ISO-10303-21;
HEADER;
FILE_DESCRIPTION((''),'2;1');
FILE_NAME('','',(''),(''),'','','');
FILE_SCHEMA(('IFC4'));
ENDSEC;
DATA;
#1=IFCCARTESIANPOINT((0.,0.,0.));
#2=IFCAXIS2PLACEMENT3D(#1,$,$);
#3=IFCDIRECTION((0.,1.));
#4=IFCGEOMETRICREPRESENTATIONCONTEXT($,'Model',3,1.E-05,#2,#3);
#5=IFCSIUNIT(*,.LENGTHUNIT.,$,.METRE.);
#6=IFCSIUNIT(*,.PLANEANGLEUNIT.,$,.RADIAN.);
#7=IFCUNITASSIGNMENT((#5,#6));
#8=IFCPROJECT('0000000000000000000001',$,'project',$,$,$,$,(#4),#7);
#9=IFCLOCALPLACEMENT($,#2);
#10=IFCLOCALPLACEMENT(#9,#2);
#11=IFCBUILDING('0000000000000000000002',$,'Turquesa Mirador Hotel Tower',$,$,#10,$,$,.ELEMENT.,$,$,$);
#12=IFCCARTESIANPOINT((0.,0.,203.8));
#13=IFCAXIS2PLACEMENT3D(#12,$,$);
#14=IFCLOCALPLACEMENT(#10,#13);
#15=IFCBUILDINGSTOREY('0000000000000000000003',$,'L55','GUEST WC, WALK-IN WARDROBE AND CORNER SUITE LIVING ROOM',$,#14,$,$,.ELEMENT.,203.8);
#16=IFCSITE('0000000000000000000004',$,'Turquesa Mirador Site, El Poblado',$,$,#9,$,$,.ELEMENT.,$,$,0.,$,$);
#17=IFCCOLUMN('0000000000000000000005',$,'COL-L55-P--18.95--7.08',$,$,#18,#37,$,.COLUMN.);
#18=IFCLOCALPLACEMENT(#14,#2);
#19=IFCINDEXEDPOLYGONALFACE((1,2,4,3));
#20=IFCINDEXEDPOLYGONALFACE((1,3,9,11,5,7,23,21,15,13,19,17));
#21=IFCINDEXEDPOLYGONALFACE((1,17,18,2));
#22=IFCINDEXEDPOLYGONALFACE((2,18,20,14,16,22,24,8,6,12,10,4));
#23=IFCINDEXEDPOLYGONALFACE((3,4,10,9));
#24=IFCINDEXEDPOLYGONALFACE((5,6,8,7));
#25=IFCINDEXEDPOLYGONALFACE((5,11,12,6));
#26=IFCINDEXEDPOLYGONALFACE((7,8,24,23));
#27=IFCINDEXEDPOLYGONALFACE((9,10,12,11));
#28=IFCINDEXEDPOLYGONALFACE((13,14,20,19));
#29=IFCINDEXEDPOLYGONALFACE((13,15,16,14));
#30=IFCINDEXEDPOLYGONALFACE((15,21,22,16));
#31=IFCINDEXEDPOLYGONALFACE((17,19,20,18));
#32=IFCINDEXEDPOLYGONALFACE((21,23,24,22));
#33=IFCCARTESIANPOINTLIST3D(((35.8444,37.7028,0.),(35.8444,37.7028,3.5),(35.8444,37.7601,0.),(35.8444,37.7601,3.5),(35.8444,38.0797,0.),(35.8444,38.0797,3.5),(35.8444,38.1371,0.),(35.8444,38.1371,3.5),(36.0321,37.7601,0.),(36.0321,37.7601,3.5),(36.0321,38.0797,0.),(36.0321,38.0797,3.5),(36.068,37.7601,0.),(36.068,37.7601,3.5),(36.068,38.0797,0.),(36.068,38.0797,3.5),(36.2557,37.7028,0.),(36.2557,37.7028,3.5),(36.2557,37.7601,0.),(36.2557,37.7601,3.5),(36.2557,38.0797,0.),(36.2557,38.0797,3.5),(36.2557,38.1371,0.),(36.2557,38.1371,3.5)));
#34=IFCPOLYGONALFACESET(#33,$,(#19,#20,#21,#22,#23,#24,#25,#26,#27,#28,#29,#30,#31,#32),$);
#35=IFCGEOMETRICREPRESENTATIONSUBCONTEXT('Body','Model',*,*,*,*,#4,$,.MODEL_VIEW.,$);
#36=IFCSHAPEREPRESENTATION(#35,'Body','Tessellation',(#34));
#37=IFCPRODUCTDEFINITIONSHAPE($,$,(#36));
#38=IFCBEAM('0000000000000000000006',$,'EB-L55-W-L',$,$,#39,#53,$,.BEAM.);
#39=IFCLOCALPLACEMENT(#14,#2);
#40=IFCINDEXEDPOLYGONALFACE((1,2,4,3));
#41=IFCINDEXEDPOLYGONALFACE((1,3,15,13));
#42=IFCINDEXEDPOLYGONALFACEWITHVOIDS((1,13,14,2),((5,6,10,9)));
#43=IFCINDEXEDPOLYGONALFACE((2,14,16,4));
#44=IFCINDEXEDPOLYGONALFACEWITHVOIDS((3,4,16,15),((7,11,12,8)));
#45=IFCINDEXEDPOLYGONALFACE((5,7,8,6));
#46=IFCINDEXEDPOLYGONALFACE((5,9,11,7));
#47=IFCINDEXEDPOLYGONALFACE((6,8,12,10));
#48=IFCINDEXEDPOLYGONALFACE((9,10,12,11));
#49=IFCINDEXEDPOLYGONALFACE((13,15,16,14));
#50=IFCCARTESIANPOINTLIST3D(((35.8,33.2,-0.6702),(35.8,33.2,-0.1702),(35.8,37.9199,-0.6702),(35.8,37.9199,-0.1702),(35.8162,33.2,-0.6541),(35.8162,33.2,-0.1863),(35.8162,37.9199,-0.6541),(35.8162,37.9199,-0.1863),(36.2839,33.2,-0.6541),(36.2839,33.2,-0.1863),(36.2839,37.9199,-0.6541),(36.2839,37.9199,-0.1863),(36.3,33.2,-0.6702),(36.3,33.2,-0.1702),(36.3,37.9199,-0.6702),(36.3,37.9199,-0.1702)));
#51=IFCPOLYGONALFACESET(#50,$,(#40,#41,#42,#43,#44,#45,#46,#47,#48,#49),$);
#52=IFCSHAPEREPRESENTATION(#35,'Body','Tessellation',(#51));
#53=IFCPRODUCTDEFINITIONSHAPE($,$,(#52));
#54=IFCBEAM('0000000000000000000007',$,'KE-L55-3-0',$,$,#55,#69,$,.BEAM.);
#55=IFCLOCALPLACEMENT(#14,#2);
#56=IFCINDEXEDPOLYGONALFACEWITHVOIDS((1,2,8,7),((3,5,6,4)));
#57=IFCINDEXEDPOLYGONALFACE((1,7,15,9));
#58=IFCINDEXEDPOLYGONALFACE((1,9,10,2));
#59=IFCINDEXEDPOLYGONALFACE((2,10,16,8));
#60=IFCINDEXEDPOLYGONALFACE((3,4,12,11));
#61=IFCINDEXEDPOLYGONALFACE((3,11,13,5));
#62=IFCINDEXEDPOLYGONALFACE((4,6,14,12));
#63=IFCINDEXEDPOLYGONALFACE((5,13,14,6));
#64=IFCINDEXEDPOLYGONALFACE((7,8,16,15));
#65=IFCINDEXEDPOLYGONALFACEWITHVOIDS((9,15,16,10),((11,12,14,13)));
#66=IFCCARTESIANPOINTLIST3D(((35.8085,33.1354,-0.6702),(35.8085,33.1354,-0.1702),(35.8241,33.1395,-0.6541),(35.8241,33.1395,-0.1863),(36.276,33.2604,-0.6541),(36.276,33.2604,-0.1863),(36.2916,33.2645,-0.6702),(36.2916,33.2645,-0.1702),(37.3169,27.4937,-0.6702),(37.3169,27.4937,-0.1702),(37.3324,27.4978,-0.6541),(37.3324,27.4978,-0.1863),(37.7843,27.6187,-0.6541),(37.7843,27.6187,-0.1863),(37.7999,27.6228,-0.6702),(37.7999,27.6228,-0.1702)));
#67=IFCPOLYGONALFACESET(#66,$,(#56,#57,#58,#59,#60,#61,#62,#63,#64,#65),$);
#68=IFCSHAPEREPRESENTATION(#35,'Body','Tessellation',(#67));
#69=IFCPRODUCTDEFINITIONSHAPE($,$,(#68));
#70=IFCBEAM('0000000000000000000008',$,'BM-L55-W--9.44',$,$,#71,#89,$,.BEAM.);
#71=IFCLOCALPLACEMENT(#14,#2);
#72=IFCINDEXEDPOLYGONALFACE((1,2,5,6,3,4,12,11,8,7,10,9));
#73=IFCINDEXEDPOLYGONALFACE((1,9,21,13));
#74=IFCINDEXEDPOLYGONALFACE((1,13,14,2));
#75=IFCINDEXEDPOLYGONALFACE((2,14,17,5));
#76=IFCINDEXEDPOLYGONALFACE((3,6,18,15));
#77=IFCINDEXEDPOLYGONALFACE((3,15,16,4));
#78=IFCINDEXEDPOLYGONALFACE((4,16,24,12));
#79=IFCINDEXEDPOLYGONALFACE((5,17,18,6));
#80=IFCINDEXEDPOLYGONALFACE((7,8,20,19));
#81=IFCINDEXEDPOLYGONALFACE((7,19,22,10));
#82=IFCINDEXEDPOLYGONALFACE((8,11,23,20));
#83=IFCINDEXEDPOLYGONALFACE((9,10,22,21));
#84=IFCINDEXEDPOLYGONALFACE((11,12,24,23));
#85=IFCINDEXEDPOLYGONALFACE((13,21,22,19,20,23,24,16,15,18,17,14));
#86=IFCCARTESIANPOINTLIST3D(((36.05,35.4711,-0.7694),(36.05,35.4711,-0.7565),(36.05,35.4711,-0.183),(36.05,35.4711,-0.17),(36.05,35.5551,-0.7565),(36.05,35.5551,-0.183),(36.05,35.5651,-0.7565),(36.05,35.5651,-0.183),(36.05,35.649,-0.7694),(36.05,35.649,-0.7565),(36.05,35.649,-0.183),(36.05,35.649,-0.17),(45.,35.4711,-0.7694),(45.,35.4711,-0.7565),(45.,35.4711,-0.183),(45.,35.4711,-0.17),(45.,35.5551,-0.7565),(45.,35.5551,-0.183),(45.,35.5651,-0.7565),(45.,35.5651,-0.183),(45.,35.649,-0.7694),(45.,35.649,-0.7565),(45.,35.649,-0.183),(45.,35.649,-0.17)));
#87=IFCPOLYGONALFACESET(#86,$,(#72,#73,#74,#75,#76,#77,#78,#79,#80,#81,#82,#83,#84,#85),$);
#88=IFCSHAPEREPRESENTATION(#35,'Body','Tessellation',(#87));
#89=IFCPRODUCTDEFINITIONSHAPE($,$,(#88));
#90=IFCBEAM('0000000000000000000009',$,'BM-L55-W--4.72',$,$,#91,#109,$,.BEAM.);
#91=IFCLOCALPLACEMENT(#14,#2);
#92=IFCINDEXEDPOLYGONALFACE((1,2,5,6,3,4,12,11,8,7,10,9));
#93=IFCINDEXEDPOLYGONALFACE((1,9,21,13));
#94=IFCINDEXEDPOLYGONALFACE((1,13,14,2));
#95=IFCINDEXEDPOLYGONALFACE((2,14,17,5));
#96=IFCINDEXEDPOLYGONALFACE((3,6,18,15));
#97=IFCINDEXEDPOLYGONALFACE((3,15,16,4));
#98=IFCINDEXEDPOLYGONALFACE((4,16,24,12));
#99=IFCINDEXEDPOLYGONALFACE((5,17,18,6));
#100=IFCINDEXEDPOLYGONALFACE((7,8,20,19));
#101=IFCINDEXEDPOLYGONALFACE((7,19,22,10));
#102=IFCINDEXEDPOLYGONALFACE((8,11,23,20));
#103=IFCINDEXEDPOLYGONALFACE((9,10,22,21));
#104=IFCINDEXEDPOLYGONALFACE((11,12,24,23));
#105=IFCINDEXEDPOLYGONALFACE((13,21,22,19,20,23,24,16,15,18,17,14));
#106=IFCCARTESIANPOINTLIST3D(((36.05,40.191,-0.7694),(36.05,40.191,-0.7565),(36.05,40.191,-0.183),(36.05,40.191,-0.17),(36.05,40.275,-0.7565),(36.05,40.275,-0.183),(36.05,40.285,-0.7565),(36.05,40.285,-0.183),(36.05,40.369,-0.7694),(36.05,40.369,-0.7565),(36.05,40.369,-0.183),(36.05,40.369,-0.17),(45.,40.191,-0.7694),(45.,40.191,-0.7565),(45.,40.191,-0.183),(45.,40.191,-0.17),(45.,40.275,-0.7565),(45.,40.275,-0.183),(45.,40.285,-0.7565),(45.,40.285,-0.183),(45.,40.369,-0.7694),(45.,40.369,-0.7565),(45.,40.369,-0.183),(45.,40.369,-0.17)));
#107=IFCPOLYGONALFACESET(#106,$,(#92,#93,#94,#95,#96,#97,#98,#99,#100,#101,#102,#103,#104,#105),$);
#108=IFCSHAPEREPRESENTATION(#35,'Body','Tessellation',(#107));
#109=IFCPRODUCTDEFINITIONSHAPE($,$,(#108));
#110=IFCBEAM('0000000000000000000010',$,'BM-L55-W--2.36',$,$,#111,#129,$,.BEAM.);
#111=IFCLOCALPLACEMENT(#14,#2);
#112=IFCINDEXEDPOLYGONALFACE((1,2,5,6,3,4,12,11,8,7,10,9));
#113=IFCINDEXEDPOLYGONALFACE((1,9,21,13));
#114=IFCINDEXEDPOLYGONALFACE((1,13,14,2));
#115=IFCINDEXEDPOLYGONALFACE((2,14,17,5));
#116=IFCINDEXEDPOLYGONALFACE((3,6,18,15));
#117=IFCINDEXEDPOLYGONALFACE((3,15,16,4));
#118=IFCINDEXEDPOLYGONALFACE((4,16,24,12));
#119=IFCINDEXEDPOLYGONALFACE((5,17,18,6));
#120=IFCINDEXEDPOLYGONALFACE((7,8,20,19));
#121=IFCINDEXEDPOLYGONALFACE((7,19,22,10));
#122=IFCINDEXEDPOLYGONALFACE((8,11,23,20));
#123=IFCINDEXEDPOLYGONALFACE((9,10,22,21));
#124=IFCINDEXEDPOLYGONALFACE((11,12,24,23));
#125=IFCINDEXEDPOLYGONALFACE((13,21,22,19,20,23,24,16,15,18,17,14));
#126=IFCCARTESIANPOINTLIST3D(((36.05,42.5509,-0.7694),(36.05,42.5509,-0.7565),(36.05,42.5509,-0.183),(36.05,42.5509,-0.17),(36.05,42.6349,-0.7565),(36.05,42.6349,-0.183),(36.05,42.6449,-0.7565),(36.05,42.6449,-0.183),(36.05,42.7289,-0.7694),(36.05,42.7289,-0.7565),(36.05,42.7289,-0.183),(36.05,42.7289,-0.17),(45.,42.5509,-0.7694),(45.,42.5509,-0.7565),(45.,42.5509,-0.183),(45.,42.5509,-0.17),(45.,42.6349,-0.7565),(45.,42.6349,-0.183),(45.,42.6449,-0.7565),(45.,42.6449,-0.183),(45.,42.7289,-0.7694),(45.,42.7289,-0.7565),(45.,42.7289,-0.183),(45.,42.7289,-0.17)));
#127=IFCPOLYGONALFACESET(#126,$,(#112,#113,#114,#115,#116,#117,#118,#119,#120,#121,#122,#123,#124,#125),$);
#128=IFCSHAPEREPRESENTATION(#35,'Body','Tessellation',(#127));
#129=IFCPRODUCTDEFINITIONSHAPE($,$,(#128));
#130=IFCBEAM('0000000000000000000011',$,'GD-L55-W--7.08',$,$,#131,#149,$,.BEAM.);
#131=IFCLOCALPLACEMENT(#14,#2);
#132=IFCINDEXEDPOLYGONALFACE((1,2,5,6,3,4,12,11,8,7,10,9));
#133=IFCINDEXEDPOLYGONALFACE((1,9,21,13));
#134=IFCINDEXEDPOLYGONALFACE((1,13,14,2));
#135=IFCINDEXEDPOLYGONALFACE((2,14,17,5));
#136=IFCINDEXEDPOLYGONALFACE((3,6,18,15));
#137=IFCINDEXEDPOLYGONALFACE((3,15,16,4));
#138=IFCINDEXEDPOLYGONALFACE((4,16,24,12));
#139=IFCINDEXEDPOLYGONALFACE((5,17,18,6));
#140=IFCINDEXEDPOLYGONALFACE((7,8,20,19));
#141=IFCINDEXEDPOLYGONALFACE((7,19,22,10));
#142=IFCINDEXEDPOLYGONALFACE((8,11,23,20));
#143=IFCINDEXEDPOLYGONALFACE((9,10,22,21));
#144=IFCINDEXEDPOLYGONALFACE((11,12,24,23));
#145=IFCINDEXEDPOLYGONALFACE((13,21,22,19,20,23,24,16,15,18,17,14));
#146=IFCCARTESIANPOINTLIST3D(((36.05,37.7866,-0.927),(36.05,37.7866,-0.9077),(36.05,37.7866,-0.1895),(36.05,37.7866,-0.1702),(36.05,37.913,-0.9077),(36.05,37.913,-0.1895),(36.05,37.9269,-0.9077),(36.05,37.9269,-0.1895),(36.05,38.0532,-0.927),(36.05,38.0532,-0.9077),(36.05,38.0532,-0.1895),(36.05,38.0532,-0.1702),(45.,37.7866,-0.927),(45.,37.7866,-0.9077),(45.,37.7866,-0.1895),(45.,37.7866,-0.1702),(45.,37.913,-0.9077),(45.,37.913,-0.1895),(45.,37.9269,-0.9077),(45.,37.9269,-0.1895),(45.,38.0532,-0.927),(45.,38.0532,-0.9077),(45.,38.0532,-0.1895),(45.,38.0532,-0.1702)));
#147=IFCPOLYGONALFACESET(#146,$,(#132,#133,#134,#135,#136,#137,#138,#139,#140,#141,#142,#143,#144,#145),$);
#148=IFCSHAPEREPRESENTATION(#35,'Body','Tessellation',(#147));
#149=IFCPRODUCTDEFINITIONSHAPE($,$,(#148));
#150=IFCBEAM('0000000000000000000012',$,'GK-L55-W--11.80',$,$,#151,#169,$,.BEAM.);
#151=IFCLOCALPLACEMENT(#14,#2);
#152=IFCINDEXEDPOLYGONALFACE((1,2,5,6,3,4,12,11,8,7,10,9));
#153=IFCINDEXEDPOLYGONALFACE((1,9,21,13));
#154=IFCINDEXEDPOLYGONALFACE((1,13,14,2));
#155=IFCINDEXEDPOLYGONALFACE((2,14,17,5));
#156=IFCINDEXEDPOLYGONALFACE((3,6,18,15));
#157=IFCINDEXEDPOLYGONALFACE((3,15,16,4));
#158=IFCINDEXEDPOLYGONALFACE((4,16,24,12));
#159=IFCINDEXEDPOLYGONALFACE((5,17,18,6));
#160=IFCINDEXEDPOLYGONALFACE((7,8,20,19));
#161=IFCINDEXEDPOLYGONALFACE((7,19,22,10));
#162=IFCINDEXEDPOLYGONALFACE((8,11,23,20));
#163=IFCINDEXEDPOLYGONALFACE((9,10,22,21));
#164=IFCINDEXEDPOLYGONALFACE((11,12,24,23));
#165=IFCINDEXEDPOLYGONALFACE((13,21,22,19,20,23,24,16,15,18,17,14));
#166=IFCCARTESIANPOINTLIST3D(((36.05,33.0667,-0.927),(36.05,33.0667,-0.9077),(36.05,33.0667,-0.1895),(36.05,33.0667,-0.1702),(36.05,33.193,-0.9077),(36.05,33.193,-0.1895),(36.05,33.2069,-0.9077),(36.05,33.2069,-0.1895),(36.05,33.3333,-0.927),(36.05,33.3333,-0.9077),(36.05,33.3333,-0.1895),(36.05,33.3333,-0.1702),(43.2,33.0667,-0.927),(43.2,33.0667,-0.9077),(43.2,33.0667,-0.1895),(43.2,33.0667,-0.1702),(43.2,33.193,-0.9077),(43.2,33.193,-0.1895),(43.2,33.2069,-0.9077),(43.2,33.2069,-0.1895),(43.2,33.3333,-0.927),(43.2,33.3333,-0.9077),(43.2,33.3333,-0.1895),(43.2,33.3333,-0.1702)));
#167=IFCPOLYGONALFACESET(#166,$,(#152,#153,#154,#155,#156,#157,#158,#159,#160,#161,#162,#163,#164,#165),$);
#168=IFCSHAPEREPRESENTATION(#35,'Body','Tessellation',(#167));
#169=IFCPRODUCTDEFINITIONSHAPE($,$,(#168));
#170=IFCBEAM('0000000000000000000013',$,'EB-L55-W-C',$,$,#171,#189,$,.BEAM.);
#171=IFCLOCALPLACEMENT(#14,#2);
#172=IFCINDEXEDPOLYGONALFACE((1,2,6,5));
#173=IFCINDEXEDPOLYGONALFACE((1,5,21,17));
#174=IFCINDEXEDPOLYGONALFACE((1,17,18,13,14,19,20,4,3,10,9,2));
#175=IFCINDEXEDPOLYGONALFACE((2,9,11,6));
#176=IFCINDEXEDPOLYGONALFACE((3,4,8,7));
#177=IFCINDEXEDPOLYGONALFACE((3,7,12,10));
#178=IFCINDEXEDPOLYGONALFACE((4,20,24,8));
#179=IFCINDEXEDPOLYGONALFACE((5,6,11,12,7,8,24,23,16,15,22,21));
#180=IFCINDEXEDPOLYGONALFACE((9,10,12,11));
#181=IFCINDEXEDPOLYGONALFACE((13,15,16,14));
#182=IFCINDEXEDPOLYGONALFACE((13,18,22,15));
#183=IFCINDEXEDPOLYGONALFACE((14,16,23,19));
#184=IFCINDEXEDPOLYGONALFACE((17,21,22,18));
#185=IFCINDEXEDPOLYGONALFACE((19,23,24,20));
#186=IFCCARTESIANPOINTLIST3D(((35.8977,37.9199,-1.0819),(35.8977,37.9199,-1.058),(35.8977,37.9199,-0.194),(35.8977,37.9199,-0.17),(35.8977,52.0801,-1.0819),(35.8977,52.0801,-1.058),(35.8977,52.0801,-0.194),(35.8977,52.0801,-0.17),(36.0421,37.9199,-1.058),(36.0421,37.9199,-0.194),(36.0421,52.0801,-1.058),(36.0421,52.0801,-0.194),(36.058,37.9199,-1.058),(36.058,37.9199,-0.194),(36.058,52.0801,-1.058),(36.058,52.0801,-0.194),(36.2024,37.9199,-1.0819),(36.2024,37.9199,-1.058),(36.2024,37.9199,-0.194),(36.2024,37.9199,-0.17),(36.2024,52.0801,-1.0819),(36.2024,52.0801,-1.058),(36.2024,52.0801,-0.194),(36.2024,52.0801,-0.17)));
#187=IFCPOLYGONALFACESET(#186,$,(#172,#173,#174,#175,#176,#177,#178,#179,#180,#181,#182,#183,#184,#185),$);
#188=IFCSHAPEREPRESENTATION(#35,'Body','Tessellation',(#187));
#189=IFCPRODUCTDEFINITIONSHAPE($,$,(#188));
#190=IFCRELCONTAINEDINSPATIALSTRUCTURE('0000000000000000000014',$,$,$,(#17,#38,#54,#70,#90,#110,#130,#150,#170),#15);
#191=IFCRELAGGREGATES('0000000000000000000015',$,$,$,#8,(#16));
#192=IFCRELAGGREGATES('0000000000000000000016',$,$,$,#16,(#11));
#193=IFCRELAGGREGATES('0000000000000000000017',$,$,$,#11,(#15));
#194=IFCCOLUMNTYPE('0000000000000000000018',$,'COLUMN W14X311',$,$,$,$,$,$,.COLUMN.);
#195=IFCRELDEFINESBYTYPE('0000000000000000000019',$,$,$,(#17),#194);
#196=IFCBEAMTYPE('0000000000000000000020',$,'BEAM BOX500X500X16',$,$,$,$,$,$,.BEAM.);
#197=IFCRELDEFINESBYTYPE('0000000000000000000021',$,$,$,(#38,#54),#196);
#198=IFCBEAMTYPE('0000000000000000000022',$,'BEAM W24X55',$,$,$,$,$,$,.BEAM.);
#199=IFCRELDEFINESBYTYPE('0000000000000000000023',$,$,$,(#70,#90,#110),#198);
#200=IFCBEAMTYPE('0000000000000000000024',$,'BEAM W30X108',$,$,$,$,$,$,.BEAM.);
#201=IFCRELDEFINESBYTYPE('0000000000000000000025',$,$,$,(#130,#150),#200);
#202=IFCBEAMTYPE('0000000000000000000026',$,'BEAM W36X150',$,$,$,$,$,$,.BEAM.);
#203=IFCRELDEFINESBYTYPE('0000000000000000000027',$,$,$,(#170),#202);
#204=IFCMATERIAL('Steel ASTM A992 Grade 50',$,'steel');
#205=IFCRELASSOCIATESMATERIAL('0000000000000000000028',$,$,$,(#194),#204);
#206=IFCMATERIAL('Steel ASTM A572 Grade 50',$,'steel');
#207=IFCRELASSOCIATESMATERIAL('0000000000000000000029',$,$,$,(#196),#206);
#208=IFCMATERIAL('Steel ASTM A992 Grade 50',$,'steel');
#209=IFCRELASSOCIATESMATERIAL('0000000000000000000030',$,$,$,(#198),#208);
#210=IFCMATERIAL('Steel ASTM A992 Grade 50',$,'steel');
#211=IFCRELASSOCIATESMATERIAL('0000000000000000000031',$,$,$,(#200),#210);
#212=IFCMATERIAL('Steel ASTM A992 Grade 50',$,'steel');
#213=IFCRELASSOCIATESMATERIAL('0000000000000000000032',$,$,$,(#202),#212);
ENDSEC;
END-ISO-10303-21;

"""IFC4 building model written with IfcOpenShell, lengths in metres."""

from ifc_helpers import new_model, si_unit, direction, frame, origin, origin_2d, place, context, subcontext, project, spatial, hollow_rectangle, i_section, extrude, material, material_profile, profile_set, type_object, element, save


model = new_model("IFC4")

# Units and contexts
model_context = context("Model", 3, precision=1e-05, world=origin(), true_north=direction((0.0, 1.0)))
body_context = subcontext(model_context, "Body", "Model", "MODEL_VIEW")
ifc_project = project(units=[si_unit("LENGTHUNIT", "METRE"), si_unit("PLANEANGLEUNIT", "RADIAN")], contexts=[model_context])

# Site, building, storey
site_placement = place(None, origin())
site = spatial("IfcSite", under=ifc_project, at=site_placement, Name="Turquesa Mirador Site, El Poblado", CompositionType="ELEMENT", RefElevation=0.0)
building_placement = place(site_placement, origin())
building = spatial("IfcBuilding", under=site, at=building_placement, Name="Turquesa Mirador Hotel Tower", CompositionType="ELEMENT")
storey_placement = place(building_placement, frame((0.0, 0.0, 203.8)))
storey = spatial("IfcBuildingStorey", under=building, at=storey_placement, Name="L55", Description="GUEST WC, WALK-IN WARDROBE AND CORNER SUITE LIVING ROOM", CompositionType="ELEMENT", Elevation=203.8)

# Column
ifc_material_1 = material(Name="Steel ASTM A992 Grade 50", Category="steel")
ifc_material_profile_1 = material_profile(ifc_material_1, i_section(OverallWidth=0.4114, OverallDepth=0.4343, WebThickness=0.0359, FlangeThickness=0.0574, at=origin_2d()), Name="W14X311")
ifc_profile_set_1 = profile_set([ifc_material_profile_1], Name="Steel ASTM A992 Grade 50")
column_type = type_object("IfcColumnType", Name="COLUMN W14X311", PredefinedType="COLUMN", material=ifc_profile_set_1)
column_placement = place(storey_placement, frame((36.05, 37.9199, 0.0), z_axis=(0.0, 0.0, 1.0), x_axis=(1.0, 0.0, 0.0)))
element("IfcColumn", 1, at=column_placement, inside=storey, type_object=column_type, Name="COL-L55-P--18.95--7.08", PredefinedType="COLUMN", context=body_context, shape_type="SweptSolid", body=[
    extrude(i_section(OverallWidth=0.4114, OverallDepth=0.4343, WebThickness=0.0359, FlangeThickness=0.0574, at=origin_2d()), origin(), (0.0, 0.0, 1.0), 3.5),
])

# Beams
ifc_material_2 = material(Name="Steel ASTM A572 Grade 50", Category="steel")
ifc_material_profile_2 = material_profile(ifc_material_2, hollow_rectangle(XDim=0.5, YDim=0.5, WallThickness=0.0161, at=origin_2d()), Name="BOX500X500X16")
ifc_profile_set_2 = profile_set([ifc_material_profile_2], Name="Steel ASTM A572 Grade 50")
beam_type_1 = type_object("IfcBeamType", Name="BEAM BOX500X500X16", PredefinedType="BEAM", material=ifc_profile_set_2)
beam_1_placement = place(storey_placement, frame((36.05, 33.2, -0.4202), z_axis=(0.0, 1.0, 0.0), x_axis=(-1.0, 0.0, 0.0)))
element("IfcBeam", 2, at=beam_1_placement, inside=storey, type_object=beam_type_1, Name="EB-L55-W-L", PredefinedType="BEAM", context=body_context, shape_type="SweptSolid", body=[
    extrude(hollow_rectangle(XDim=0.5, YDim=0.5, WallThickness=0.0161, at=origin_2d()), origin(), (0.0, 0.0, 1.0), 4.72),
])
beam_2_placement = place(storey_placement, frame((36.05, 33.2, -0.4202), z_axis=(0.258282, -0.96607, 0.0), x_axis=(0.96607, 0.258282, 0.0)))
element("IfcBeam", 3, at=beam_2_placement, inside=storey, type_object=beam_type_1, Name="KE-L55-3-0", PredefinedType="BEAM", context=body_context, shape_type="SweptSolid", body=[
    extrude(hollow_rectangle(XDim=0.5, YDim=0.5, WallThickness=0.0161, at=origin_2d()), origin(), (0.0, 0.0, 1.0), 5.8398),
])
ifc_material_3 = material(Name="Steel ASTM A992 Grade 50", Category="steel")
ifc_material_profile_3 = material_profile(ifc_material_3, i_section(OverallWidth=0.178, OverallDepth=0.5994, WebThickness=0.01, FlangeThickness=0.0129, at=origin_2d()), Name="W24X55")
ifc_profile_set_3 = profile_set([ifc_material_profile_3], Name="Steel ASTM A992 Grade 50")
beam_type_2 = type_object("IfcBeamType", Name="BEAM W24X55", PredefinedType="BEAM", material=ifc_profile_set_3)
for number, where, z_axis, x_axis, name in (
    (4, (36.05, 35.5601, -0.4697), (1.0, 0.0, 0.0), (0.0, 1.0, 0.0), "BM-L55-W--9.44"),
    (5, (36.05, 40.28, -0.4697), (1.0, 0.0, 0.0), (0.0, 1.0, 0.0), "BM-L55-W--4.72"),
    (6, (36.05, 42.6399, -0.4697), (1.0, 0.0, 0.0), (0.0, 1.0, 0.0), "BM-L55-W--2.36"),
):
    element("IfcBeam", number, at=place(storey_placement, frame(where, z_axis=z_axis, x_axis=x_axis)), inside=storey, type_object=beam_type_2, Name=name, PredefinedType="BEAM", context=body_context, shape_type="SweptSolid", body=[
        extrude(i_section(OverallWidth=0.178, OverallDepth=0.5994, WebThickness=0.01, FlangeThickness=0.0129, at=origin_2d()), origin(), (0.0, 0.0, 1.0), 8.95),
    ])
ifc_material_4 = material(Name="Steel ASTM A992 Grade 50", Category="steel")
ifc_material_profile_4 = material_profile(ifc_material_4, i_section(OverallWidth=0.2666, OverallDepth=0.7568, WebThickness=0.0139, FlangeThickness=0.0193, at=origin_2d()), Name="W30X108")
ifc_profile_set_4 = profile_set([ifc_material_profile_4], Name="Steel ASTM A992 Grade 50")
beam_type_3 = type_object("IfcBeamType", Name="BEAM W30X108", PredefinedType="BEAM", material=ifc_profile_set_4)
beam_3_placement = place(storey_placement, frame((36.05, 37.9199, -0.5486), z_axis=(1.0, 0.0, 0.0), x_axis=(0.0, 1.0, 0.0)))
element("IfcBeam", 7, at=beam_3_placement, inside=storey, type_object=beam_type_3, Name="GD-L55-W--7.08", PredefinedType="BEAM", context=body_context, shape_type="SweptSolid", body=[
    extrude(i_section(OverallWidth=0.2666, OverallDepth=0.7568, WebThickness=0.0139, FlangeThickness=0.0193, at=origin_2d()), origin(), (0.0, 0.0, 1.0), 8.95),
])
beam_4_placement = place(storey_placement, frame((36.05, 33.2, -0.5486), z_axis=(1.0, 0.0, 0.0), x_axis=(0.0, 1.0, 0.0)))
element("IfcBeam", 8, at=beam_4_placement, inside=storey, type_object=beam_type_3, Name="GK-L55-W--11.80", PredefinedType="BEAM", context=body_context, shape_type="SweptSolid", body=[
    extrude(i_section(OverallWidth=0.2666, OverallDepth=0.7568, WebThickness=0.0139, FlangeThickness=0.0193, at=origin_2d()), origin(), (0.0, 0.0, 1.0), 7.1499),
])
ifc_material_5 = material(Name="Steel ASTM A992 Grade 50", Category="steel")
ifc_material_profile_5 = material_profile(ifc_material_5, i_section(OverallWidth=0.3047, OverallDepth=0.9119, WebThickness=0.0159, FlangeThickness=0.0239, at=origin_2d()), Name="W36X150")
ifc_profile_set_5 = profile_set([ifc_material_profile_5], Name="Steel ASTM A992 Grade 50")
beam_type_4 = type_object("IfcBeamType", Name="BEAM W36X150", PredefinedType="BEAM", material=ifc_profile_set_5)
beam_5_placement = place(storey_placement, frame((36.05, 37.9199, -0.626), z_axis=(0.0, 1.0, 0.0), x_axis=(-1.0, 0.0, 0.0)))
element("IfcBeam", 9, at=beam_5_placement, inside=storey, type_object=beam_type_4, Name="EB-L55-W-C", PredefinedType="BEAM", context=body_context, shape_type="SweptSolid", body=[
    extrude(i_section(OverallWidth=0.3047, OverallDepth=0.9119, WebThickness=0.0159, FlangeThickness=0.0239, at=origin_2d()), origin(), (0.0, 0.0, 1.0), 14.1602),
])

save(model, "model.ifc")
